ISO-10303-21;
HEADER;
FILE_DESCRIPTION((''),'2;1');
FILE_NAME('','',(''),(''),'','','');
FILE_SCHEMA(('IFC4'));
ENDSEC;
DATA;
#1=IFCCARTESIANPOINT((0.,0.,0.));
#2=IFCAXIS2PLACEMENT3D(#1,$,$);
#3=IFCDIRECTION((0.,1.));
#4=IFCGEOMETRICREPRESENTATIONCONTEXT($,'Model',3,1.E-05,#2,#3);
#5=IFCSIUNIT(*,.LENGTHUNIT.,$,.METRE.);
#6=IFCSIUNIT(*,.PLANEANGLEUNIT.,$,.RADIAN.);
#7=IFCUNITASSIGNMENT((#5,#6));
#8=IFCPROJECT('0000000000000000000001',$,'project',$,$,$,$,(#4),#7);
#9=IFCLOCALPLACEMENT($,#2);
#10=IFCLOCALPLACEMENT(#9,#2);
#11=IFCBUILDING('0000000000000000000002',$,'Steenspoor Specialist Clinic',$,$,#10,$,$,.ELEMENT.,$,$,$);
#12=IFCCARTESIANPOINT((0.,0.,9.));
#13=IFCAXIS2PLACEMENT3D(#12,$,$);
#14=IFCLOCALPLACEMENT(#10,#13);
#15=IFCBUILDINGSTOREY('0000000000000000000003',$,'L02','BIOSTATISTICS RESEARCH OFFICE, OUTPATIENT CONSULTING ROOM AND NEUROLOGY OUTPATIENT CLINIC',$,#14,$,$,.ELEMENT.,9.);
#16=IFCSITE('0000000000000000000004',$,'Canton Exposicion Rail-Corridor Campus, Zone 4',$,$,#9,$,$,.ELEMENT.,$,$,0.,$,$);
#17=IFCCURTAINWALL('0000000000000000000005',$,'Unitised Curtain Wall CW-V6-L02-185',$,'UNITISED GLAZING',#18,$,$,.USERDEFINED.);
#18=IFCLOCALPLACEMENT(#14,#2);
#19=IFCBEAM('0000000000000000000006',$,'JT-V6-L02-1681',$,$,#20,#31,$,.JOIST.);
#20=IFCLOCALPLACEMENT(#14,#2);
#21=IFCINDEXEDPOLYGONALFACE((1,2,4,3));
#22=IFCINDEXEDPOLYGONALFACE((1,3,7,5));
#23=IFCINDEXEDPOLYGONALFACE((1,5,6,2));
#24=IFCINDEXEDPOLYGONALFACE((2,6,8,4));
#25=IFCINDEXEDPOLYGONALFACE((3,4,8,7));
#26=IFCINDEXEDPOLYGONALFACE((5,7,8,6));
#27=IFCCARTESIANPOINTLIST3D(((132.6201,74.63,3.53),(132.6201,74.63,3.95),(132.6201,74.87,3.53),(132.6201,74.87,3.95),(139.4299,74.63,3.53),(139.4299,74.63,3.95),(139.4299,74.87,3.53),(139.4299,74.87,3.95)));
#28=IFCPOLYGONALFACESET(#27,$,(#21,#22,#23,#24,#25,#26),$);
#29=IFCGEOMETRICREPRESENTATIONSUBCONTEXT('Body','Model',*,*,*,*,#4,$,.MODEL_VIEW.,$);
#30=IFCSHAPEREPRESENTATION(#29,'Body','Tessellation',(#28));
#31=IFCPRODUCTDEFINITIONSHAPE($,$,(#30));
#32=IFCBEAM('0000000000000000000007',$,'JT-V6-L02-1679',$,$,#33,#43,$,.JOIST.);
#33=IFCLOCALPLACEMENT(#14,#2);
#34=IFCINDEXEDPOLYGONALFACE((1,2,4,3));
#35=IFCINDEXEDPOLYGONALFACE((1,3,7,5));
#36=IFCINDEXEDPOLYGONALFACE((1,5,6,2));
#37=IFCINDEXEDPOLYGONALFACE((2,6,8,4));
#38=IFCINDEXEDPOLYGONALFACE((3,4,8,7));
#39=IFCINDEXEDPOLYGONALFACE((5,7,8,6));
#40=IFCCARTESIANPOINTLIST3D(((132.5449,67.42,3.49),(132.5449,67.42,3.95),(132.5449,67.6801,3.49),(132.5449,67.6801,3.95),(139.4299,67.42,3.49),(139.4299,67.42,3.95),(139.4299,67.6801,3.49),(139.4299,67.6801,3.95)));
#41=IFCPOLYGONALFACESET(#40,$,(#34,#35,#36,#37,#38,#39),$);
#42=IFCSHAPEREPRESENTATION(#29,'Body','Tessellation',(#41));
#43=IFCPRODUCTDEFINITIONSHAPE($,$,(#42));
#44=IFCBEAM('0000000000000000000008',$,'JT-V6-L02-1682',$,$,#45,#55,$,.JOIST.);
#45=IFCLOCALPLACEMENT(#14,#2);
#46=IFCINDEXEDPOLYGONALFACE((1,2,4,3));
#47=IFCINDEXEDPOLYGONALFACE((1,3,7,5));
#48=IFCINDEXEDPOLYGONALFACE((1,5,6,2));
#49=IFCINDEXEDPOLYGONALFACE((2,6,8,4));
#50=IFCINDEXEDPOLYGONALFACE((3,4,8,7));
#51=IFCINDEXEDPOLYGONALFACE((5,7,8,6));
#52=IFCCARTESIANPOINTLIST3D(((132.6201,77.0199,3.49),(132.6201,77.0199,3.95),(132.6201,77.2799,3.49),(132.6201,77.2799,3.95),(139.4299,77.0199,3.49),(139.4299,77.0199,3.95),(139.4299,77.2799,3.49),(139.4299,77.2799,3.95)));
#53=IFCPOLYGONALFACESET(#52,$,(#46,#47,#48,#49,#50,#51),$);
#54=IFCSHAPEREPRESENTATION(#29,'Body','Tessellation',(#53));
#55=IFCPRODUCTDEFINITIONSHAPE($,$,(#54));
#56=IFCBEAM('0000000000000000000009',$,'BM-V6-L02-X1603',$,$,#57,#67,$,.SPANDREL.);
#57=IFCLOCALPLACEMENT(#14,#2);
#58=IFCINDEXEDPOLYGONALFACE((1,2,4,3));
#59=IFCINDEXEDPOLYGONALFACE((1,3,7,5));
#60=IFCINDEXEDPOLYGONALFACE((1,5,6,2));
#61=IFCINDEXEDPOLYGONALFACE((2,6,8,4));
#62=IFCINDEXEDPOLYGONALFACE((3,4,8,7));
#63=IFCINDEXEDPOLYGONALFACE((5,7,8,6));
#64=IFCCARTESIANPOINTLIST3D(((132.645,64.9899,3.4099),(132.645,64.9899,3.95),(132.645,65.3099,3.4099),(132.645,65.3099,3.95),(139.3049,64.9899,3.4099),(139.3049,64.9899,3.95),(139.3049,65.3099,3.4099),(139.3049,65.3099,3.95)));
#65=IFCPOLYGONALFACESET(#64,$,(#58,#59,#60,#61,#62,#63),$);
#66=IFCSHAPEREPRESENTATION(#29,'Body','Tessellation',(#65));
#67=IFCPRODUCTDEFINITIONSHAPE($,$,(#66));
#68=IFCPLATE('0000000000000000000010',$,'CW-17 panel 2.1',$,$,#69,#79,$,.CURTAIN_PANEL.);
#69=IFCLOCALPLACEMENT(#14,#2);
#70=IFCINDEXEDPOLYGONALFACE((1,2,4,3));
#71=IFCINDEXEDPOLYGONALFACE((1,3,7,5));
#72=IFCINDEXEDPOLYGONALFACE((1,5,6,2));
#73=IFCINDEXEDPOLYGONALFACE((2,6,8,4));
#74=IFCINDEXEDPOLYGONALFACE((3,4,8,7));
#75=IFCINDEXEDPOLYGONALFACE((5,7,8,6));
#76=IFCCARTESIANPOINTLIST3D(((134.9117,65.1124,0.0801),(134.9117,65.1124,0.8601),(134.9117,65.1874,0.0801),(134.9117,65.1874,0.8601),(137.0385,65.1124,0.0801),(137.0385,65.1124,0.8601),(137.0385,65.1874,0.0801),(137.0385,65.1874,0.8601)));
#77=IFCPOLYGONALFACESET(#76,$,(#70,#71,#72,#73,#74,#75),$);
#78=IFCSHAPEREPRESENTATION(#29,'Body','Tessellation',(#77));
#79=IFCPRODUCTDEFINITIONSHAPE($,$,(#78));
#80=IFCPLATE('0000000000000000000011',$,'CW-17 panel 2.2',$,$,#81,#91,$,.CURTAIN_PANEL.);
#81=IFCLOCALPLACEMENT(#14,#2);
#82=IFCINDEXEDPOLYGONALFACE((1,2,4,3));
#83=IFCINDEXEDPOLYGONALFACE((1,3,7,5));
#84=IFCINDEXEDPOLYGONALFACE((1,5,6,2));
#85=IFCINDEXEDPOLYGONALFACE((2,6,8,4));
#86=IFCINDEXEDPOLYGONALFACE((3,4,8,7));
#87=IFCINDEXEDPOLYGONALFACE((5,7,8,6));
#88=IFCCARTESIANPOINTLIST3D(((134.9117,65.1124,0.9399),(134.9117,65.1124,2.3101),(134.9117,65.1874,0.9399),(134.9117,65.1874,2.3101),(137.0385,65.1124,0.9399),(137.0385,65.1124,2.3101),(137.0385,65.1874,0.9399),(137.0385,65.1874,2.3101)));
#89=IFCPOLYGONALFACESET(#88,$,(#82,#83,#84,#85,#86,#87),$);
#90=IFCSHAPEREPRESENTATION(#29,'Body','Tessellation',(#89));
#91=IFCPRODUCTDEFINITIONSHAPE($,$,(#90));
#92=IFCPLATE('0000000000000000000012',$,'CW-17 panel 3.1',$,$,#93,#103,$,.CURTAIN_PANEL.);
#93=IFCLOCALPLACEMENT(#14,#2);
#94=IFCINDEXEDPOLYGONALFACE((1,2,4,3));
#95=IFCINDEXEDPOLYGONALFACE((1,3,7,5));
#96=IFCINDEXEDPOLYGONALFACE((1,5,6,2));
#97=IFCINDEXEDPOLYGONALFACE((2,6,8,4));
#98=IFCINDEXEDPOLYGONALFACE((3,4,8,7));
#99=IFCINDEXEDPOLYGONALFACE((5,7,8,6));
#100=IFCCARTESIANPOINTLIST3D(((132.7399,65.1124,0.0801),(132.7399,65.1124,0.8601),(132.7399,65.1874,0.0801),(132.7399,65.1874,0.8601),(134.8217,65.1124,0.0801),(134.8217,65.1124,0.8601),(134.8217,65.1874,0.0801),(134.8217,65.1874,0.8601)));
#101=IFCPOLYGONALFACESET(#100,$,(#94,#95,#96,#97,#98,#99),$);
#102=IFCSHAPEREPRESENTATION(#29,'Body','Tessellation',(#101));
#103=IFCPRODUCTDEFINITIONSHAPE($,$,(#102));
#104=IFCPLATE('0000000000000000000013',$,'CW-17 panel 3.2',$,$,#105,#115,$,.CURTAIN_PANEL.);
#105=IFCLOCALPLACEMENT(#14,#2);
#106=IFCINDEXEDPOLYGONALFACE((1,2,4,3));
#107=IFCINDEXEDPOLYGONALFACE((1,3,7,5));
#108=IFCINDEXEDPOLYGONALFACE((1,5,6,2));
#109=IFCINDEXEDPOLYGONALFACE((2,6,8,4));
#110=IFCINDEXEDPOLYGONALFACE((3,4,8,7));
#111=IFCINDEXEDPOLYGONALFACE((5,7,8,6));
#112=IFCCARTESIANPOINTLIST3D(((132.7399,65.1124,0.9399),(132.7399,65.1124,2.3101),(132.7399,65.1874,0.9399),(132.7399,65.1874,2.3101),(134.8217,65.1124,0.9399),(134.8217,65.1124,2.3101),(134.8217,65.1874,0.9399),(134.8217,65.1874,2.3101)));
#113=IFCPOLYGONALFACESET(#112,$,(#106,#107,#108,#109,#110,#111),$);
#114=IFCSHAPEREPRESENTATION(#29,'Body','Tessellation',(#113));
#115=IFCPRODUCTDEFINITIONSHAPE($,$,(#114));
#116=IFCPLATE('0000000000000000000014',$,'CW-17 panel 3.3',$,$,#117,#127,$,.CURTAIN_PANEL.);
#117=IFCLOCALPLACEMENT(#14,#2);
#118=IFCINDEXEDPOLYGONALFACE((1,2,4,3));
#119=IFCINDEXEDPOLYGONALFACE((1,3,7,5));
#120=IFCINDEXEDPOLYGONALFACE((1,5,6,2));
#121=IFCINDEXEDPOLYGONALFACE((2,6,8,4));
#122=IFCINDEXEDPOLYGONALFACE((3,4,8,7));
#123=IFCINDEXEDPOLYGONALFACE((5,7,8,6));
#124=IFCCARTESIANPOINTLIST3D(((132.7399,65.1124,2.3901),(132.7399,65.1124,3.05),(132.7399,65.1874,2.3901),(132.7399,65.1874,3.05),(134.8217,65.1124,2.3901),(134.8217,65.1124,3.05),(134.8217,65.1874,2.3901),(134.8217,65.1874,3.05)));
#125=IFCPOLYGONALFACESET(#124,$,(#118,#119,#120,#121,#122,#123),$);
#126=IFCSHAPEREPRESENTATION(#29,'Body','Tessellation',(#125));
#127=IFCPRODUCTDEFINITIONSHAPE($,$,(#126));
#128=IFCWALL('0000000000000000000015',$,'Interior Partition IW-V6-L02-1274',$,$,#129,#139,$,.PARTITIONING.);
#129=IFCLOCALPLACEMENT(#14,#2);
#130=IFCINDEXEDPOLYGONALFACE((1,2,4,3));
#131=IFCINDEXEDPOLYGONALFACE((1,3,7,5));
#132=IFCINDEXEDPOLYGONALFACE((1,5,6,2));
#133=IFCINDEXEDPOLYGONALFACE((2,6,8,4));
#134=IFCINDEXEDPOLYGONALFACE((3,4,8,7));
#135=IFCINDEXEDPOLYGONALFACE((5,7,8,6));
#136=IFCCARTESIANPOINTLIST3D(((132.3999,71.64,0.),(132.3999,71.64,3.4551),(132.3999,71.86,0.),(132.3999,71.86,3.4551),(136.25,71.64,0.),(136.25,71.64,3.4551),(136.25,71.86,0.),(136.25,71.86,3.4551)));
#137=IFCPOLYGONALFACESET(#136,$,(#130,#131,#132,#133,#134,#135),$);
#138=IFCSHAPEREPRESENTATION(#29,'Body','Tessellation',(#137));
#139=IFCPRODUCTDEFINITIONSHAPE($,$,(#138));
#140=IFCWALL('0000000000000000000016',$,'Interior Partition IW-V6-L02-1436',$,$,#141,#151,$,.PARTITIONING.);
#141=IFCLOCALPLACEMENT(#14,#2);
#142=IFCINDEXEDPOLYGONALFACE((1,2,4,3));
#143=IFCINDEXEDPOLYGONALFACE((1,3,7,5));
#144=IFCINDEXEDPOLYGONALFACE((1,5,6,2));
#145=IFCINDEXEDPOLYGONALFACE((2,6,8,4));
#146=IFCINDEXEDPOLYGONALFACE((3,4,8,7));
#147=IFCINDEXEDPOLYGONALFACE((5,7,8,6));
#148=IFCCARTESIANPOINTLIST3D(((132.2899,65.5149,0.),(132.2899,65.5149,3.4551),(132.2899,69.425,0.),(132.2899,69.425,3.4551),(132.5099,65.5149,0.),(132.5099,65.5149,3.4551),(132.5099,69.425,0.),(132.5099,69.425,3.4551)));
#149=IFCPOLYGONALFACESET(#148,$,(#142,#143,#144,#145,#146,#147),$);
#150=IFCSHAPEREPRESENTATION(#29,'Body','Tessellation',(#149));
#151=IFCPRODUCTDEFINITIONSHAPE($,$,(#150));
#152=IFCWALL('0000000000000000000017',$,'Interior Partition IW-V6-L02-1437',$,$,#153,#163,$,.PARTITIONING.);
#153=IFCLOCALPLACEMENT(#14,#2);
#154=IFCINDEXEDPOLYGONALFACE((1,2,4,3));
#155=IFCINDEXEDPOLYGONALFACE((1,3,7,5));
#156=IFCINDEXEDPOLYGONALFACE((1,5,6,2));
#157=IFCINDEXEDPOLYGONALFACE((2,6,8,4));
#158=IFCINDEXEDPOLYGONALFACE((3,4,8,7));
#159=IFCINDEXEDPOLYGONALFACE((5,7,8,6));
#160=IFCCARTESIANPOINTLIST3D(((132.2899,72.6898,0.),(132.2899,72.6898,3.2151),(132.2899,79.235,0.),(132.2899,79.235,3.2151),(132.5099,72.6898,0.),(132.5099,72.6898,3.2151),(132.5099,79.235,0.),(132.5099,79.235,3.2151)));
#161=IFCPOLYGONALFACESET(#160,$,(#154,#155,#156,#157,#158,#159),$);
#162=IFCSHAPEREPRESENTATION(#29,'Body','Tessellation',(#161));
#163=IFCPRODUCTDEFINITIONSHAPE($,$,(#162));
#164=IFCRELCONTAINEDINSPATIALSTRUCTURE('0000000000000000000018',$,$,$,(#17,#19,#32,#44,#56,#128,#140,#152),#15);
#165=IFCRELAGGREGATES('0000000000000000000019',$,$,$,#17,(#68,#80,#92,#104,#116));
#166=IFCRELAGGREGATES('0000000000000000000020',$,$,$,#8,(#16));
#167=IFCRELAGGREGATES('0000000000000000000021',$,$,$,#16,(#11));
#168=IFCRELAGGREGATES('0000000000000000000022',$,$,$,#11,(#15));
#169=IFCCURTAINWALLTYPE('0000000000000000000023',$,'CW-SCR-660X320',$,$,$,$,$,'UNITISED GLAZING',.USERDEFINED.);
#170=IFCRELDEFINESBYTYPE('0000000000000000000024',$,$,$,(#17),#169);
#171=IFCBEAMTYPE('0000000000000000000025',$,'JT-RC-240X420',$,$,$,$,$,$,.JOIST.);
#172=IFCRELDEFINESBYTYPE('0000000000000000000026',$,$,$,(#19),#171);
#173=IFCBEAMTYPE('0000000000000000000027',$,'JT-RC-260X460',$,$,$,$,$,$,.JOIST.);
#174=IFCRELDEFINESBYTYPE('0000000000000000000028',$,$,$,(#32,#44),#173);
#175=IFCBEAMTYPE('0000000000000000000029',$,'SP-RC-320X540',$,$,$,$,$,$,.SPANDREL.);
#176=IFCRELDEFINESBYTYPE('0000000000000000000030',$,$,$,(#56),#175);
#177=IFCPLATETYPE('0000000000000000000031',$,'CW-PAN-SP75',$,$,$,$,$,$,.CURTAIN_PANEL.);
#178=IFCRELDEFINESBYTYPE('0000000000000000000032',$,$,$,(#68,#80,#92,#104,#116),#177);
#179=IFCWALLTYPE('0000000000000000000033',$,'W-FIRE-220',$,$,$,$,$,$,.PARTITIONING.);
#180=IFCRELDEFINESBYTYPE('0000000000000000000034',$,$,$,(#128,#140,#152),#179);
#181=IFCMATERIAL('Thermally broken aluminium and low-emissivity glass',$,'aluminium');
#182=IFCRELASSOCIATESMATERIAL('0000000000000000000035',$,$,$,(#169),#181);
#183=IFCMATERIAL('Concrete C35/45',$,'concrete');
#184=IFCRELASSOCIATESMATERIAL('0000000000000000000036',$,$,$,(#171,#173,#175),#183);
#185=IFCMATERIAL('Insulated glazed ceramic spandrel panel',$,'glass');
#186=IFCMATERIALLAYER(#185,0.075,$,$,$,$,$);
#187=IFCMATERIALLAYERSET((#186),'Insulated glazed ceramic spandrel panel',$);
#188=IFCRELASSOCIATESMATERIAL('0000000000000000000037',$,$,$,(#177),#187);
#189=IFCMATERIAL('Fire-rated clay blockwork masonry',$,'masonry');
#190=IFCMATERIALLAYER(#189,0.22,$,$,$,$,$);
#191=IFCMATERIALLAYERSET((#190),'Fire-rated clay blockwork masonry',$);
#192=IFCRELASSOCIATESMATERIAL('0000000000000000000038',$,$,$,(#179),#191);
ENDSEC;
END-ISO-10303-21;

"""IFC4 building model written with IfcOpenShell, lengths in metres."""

from ifc_helpers import new_model, si_unit, direction, frame, frame_2d, origin, origin_2d, place, context, subcontext, project, spatial, rectangle, extrude, material, layer, layer_set, material_profile, profile_set, type_object, element, aggregate, save


model = new_model("IFC4")

# Units and contexts
model_context = context("Model", 3, precision=1e-05, world=origin(), true_north=direction((0.0, 1.0)))
body_context = subcontext(model_context, "Body", "Model", "MODEL_VIEW")
ifc_project = project(units=[si_unit("LENGTHUNIT", "METRE"), si_unit("PLANEANGLEUNIT", "RADIAN")], contexts=[model_context])

# Site, building, storey
site_placement = place(None, origin())
site = spatial("IfcSite", under=ifc_project, at=site_placement, Name="Canton Exposicion Rail-Corridor Campus, Zone 4", CompositionType="ELEMENT", RefElevation=0.0)
building_placement = place(site_placement, origin())
building = spatial("IfcBuilding", under=site, at=building_placement, Name="Steenspoor Specialist Clinic", CompositionType="ELEMENT")
storey_placement = place(building_placement, frame((0.0, 0.0, 9.0)))
storey = spatial("IfcBuildingStorey", under=building, at=storey_placement, Name="L02", Description="BIOSTATISTICS RESEARCH OFFICE, OUTPATIENT CONSULTING ROOM AND NEUROLOGY OUTPATIENT CLINIC", CompositionType="ELEMENT", Elevation=9.0)

# Shared definitions
ifc_material_1 = material(Name="Concrete C35/45", Category="concrete")

# Curtain wall
ifc_material_2 = material(Name="Thermally broken aluminium and low-emissivity glass", Category="aluminium")
curtain_wall_type = type_object("IfcCurtainWallType", Name="CW-SCR-660X320", ElementType="UNITISED GLAZING", PredefinedType="USERDEFINED", material=ifc_material_2)
curtain_wall_placement = place(storey_placement, origin())
curtain_wall = element("IfcCurtainWall", 1, at=curtain_wall_placement, inside=storey, type_object=curtain_wall_type, Name="Unitised Curtain Wall CW-V6-L02-185", ObjectType="UNITISED GLAZING", PredefinedType="USERDEFINED")

# Beams
ifc_material_profile_1 = material_profile(ifc_material_1, rectangle(XDim=0.24, YDim=0.4199, at=origin_2d()), Name="RC-JT-240X420")
ifc_profile_set_1 = profile_set([ifc_material_profile_1], Name="Concrete C35/45")
beam_type_1 = type_object("IfcBeamType", Name="JT-RC-240X420", PredefinedType="JOIST", material=ifc_profile_set_1)
beam_1_placement = place(storey_placement, frame((132.6201, 74.75, 3.74), z_axis=(1.0, 0.0, 0.0), x_axis=(0.0, 1.0, 0.0)))
element("IfcBeam", 2, at=beam_1_placement, inside=storey, type_object=beam_type_1, Name="JT-V6-L02-1681", PredefinedType="JOIST", context=body_context, shape_type="SweptSolid", body=[
    extrude(rectangle(XDim=0.24, YDim=0.4199, at=origin_2d()), origin(), (0.0, 0.0, 1.0), 6.8098),
])
ifc_material_profile_2 = material_profile(ifc_material_1, rectangle(XDim=0.26, YDim=0.46, at=origin_2d()), Name="RC-JT-260X460")
ifc_profile_set_2 = profile_set([ifc_material_profile_2], Name="Concrete C35/45")
beam_type_2 = type_object("IfcBeamType", Name="JT-RC-260X460", PredefinedType="JOIST", material=ifc_profile_set_2)
beam_2_placement = place(storey_placement, frame((132.5449, 67.55, 3.72), z_axis=(1.0, 0.0, 0.0), x_axis=(0.0, 1.0, 0.0)))
element("IfcBeam", 3, at=beam_2_placement, inside=storey, type_object=beam_type_2, Name="JT-V6-L02-1679", PredefinedType="JOIST", context=body_context, shape_type="SweptSolid", body=[
    extrude(rectangle(XDim=0.26, YDim=0.46, at=origin_2d()), origin(), (0.0, 0.0, 1.0), 6.885),
])
beam_3_placement = place(storey_placement, frame((132.6201, 77.1499, 3.72), z_axis=(1.0, 0.0, 0.0), x_axis=(0.0, 1.0, 0.0)))
element("IfcBeam", 4, at=beam_3_placement, inside=storey, type_object=beam_type_2, Name="JT-V6-L02-1682", PredefinedType="JOIST", context=body_context, shape_type="SweptSolid", body=[
    extrude(rectangle(XDim=0.26, YDim=0.46, at=origin_2d()), origin(), (0.0, 0.0, 1.0), 6.8098),
])
ifc_material_profile_3 = material_profile(ifc_material_1, rectangle(XDim=0.3201, YDim=0.54, at=origin_2d()), Name="RC-SP-320X540")
ifc_profile_set_3 = profile_set([ifc_material_profile_3], Name="Concrete C35/45")
beam_type_3 = type_object("IfcBeamType", Name="SP-RC-320X540", PredefinedType="SPANDREL", material=ifc_profile_set_3)
beam_4_placement = place(storey_placement, frame((132.645, 65.1499, 3.6799), z_axis=(1.0, 0.0, 0.0), x_axis=(0.0, 1.0, 0.0)))
element("IfcBeam", 5, at=beam_4_placement, inside=storey, type_object=beam_type_3, Name="BM-V6-L02-X1603", PredefinedType="SPANDREL", context=body_context, shape_type="SweptSolid", body=[
    extrude(rectangle(XDim=0.3201, YDim=0.54, at=origin_2d()), origin(), (0.0, 0.0, 1.0), 6.6599),
])

# Plates
ifc_material_3 = material(Name="Insulated glazed ceramic spandrel panel", Category="glass")
ifc_layer_1 = layer(ifc_material_3, 0.075)
ifc_layer_set_1 = layer_set([ifc_layer_1], Name="Insulated glazed ceramic spandrel panel")
plate_type = type_object("IfcPlateType", Name="CW-PAN-SP75", PredefinedType="CURTAIN_PANEL", material=ifc_layer_set_1)
plate_1_placement = place(storey_placement, frame((135.9751, 65.1499, 0.0801), z_axis=(0.0, 0.0, 1.0), x_axis=(-1.0, 0.0, 0.0)))
plate_1 = element("IfcPlate", 6, at=plate_1_placement, type_object=plate_type, Name="CW-17 panel 2.1", PredefinedType="CURTAIN_PANEL", context=body_context, shape_type="SweptSolid", body=[
    extrude(rectangle(XDim=2.1267, YDim=0.075, at=origin_2d()), origin(), (0.0, 0.0, 1.0), 0.78),
])
plate_2_placement = place(storey_placement, frame((135.9751, 65.1499, 0.9399), z_axis=(0.0, 0.0, 1.0), x_axis=(-1.0, 0.0, 0.0)))
plate_2 = element("IfcPlate", 7, at=plate_2_placement, type_object=plate_type, Name="CW-17 panel 2.2", PredefinedType="CURTAIN_PANEL", context=body_context, shape_type="SweptSolid", body=[
    extrude(rectangle(XDim=2.1267, YDim=0.075, at=origin_2d()), origin(), (0.0, 0.0, 1.0), 1.3701),
])
plate_3_placement = place(storey_placement, frame((133.7808, 65.1499, 0.0801), z_axis=(0.0, 0.0, 1.0), x_axis=(-1.0, 0.0, 0.0)))
plate_3 = element("IfcPlate", 8, at=plate_3_placement, type_object=plate_type, Name="CW-17 panel 3.1", PredefinedType="CURTAIN_PANEL", context=body_context, shape_type="SweptSolid", body=[
    extrude(rectangle(XDim=2.0818, YDim=0.075, at=origin_2d()), origin(), (0.0, 0.0, 1.0), 0.78),
])
plate_4_placement = place(storey_placement, frame((133.7808, 65.1499, 0.9399), z_axis=(0.0, 0.0, 1.0), x_axis=(-1.0, 0.0, 0.0)))
plate_4 = element("IfcPlate", 9, at=plate_4_placement, type_object=plate_type, Name="CW-17 panel 3.2", PredefinedType="CURTAIN_PANEL", context=body_context, shape_type="SweptSolid", body=[
    extrude(rectangle(XDim=2.0818, YDim=0.075, at=origin_2d()), origin(), (0.0, 0.0, 1.0), 1.3701),
])
plate_5_placement = place(storey_placement, frame((133.7808, 65.1499, 2.3901), z_axis=(0.0, 0.0, 1.0), x_axis=(-1.0, 0.0, 0.0)))
plate_5 = element("IfcPlate", 10, at=plate_5_placement, type_object=plate_type, Name="CW-17 panel 3.3", PredefinedType="CURTAIN_PANEL", context=body_context, shape_type="SweptSolid", body=[
    extrude(rectangle(XDim=2.0818, YDim=0.075, at=origin_2d()), origin(), (0.0, 0.0, 1.0), 0.6599),
])
aggregate(curtain_wall, [plate_1, plate_2, plate_3, plate_4, plate_5])

# Walls
ifc_material_4 = material(Name="Fire-rated clay blockwork masonry", Category="masonry")
ifc_layer_2 = layer(ifc_material_4, 0.22)
ifc_layer_set_2 = layer_set([ifc_layer_2], Name="Fire-rated clay blockwork masonry")
wall_type_1 = type_object("IfcWallType", Name="W-FIRE-220", PredefinedType="PARTITIONING", material=ifc_layer_set_2)
wall_1_placement = place(storey_placement, frame((132.3999, 71.75, 0.0), z_axis=(0.0, 0.0, 1.0), x_axis=(1.0, 0.0, 0.0)))
element("IfcWall", 11, at=wall_1_placement, inside=storey, type_object=wall_type_1, Name="Interior Partition IW-V6-L02-1274", PredefinedType="PARTITIONING", context=body_context, shape_type="SweptSolid", body=[
    extrude(rectangle(XDim=3.8501, YDim=0.22, at=frame_2d((1.925, 0.0))), origin(), (0.0, 0.0, 1.0), 3.4551),
])
wall_2_placement = place(storey_placement, frame((132.3999, 65.5149, 0.0), z_axis=(0.0, 0.0, 1.0), x_axis=(0.0, 1.0, 0.0)))
element("IfcWall", 12, at=wall_2_placement, inside=storey, type_object=wall_type_1, Name="Interior Partition IW-V6-L02-1436", PredefinedType="PARTITIONING", context=body_context, shape_type="SweptSolid", body=[
    extrude(rectangle(XDim=3.9102, YDim=0.22, at=frame_2d((1.9551, 0.0))), origin(), (0.0, 0.0, 1.0), 3.4551),
])
wall_3_placement = place(storey_placement, frame((132.3999, 72.6899, 0.0), z_axis=(0.0, 0.0, 1.0), x_axis=(0.0, 1.0, 0.0)))
element("IfcWall", 13, at=wall_3_placement, inside=storey, type_object=wall_type_1, Name="Interior Partition IW-V6-L02-1437", PredefinedType="PARTITIONING", context=body_context, shape_type="SweptSolid", body=[
    extrude(rectangle(XDim=6.5452, YDim=0.22, at=frame_2d((3.2725, 0.0))), origin(), (0.0, 0.0, 1.0), 3.2151),
])

save(model, "model.ifc")
